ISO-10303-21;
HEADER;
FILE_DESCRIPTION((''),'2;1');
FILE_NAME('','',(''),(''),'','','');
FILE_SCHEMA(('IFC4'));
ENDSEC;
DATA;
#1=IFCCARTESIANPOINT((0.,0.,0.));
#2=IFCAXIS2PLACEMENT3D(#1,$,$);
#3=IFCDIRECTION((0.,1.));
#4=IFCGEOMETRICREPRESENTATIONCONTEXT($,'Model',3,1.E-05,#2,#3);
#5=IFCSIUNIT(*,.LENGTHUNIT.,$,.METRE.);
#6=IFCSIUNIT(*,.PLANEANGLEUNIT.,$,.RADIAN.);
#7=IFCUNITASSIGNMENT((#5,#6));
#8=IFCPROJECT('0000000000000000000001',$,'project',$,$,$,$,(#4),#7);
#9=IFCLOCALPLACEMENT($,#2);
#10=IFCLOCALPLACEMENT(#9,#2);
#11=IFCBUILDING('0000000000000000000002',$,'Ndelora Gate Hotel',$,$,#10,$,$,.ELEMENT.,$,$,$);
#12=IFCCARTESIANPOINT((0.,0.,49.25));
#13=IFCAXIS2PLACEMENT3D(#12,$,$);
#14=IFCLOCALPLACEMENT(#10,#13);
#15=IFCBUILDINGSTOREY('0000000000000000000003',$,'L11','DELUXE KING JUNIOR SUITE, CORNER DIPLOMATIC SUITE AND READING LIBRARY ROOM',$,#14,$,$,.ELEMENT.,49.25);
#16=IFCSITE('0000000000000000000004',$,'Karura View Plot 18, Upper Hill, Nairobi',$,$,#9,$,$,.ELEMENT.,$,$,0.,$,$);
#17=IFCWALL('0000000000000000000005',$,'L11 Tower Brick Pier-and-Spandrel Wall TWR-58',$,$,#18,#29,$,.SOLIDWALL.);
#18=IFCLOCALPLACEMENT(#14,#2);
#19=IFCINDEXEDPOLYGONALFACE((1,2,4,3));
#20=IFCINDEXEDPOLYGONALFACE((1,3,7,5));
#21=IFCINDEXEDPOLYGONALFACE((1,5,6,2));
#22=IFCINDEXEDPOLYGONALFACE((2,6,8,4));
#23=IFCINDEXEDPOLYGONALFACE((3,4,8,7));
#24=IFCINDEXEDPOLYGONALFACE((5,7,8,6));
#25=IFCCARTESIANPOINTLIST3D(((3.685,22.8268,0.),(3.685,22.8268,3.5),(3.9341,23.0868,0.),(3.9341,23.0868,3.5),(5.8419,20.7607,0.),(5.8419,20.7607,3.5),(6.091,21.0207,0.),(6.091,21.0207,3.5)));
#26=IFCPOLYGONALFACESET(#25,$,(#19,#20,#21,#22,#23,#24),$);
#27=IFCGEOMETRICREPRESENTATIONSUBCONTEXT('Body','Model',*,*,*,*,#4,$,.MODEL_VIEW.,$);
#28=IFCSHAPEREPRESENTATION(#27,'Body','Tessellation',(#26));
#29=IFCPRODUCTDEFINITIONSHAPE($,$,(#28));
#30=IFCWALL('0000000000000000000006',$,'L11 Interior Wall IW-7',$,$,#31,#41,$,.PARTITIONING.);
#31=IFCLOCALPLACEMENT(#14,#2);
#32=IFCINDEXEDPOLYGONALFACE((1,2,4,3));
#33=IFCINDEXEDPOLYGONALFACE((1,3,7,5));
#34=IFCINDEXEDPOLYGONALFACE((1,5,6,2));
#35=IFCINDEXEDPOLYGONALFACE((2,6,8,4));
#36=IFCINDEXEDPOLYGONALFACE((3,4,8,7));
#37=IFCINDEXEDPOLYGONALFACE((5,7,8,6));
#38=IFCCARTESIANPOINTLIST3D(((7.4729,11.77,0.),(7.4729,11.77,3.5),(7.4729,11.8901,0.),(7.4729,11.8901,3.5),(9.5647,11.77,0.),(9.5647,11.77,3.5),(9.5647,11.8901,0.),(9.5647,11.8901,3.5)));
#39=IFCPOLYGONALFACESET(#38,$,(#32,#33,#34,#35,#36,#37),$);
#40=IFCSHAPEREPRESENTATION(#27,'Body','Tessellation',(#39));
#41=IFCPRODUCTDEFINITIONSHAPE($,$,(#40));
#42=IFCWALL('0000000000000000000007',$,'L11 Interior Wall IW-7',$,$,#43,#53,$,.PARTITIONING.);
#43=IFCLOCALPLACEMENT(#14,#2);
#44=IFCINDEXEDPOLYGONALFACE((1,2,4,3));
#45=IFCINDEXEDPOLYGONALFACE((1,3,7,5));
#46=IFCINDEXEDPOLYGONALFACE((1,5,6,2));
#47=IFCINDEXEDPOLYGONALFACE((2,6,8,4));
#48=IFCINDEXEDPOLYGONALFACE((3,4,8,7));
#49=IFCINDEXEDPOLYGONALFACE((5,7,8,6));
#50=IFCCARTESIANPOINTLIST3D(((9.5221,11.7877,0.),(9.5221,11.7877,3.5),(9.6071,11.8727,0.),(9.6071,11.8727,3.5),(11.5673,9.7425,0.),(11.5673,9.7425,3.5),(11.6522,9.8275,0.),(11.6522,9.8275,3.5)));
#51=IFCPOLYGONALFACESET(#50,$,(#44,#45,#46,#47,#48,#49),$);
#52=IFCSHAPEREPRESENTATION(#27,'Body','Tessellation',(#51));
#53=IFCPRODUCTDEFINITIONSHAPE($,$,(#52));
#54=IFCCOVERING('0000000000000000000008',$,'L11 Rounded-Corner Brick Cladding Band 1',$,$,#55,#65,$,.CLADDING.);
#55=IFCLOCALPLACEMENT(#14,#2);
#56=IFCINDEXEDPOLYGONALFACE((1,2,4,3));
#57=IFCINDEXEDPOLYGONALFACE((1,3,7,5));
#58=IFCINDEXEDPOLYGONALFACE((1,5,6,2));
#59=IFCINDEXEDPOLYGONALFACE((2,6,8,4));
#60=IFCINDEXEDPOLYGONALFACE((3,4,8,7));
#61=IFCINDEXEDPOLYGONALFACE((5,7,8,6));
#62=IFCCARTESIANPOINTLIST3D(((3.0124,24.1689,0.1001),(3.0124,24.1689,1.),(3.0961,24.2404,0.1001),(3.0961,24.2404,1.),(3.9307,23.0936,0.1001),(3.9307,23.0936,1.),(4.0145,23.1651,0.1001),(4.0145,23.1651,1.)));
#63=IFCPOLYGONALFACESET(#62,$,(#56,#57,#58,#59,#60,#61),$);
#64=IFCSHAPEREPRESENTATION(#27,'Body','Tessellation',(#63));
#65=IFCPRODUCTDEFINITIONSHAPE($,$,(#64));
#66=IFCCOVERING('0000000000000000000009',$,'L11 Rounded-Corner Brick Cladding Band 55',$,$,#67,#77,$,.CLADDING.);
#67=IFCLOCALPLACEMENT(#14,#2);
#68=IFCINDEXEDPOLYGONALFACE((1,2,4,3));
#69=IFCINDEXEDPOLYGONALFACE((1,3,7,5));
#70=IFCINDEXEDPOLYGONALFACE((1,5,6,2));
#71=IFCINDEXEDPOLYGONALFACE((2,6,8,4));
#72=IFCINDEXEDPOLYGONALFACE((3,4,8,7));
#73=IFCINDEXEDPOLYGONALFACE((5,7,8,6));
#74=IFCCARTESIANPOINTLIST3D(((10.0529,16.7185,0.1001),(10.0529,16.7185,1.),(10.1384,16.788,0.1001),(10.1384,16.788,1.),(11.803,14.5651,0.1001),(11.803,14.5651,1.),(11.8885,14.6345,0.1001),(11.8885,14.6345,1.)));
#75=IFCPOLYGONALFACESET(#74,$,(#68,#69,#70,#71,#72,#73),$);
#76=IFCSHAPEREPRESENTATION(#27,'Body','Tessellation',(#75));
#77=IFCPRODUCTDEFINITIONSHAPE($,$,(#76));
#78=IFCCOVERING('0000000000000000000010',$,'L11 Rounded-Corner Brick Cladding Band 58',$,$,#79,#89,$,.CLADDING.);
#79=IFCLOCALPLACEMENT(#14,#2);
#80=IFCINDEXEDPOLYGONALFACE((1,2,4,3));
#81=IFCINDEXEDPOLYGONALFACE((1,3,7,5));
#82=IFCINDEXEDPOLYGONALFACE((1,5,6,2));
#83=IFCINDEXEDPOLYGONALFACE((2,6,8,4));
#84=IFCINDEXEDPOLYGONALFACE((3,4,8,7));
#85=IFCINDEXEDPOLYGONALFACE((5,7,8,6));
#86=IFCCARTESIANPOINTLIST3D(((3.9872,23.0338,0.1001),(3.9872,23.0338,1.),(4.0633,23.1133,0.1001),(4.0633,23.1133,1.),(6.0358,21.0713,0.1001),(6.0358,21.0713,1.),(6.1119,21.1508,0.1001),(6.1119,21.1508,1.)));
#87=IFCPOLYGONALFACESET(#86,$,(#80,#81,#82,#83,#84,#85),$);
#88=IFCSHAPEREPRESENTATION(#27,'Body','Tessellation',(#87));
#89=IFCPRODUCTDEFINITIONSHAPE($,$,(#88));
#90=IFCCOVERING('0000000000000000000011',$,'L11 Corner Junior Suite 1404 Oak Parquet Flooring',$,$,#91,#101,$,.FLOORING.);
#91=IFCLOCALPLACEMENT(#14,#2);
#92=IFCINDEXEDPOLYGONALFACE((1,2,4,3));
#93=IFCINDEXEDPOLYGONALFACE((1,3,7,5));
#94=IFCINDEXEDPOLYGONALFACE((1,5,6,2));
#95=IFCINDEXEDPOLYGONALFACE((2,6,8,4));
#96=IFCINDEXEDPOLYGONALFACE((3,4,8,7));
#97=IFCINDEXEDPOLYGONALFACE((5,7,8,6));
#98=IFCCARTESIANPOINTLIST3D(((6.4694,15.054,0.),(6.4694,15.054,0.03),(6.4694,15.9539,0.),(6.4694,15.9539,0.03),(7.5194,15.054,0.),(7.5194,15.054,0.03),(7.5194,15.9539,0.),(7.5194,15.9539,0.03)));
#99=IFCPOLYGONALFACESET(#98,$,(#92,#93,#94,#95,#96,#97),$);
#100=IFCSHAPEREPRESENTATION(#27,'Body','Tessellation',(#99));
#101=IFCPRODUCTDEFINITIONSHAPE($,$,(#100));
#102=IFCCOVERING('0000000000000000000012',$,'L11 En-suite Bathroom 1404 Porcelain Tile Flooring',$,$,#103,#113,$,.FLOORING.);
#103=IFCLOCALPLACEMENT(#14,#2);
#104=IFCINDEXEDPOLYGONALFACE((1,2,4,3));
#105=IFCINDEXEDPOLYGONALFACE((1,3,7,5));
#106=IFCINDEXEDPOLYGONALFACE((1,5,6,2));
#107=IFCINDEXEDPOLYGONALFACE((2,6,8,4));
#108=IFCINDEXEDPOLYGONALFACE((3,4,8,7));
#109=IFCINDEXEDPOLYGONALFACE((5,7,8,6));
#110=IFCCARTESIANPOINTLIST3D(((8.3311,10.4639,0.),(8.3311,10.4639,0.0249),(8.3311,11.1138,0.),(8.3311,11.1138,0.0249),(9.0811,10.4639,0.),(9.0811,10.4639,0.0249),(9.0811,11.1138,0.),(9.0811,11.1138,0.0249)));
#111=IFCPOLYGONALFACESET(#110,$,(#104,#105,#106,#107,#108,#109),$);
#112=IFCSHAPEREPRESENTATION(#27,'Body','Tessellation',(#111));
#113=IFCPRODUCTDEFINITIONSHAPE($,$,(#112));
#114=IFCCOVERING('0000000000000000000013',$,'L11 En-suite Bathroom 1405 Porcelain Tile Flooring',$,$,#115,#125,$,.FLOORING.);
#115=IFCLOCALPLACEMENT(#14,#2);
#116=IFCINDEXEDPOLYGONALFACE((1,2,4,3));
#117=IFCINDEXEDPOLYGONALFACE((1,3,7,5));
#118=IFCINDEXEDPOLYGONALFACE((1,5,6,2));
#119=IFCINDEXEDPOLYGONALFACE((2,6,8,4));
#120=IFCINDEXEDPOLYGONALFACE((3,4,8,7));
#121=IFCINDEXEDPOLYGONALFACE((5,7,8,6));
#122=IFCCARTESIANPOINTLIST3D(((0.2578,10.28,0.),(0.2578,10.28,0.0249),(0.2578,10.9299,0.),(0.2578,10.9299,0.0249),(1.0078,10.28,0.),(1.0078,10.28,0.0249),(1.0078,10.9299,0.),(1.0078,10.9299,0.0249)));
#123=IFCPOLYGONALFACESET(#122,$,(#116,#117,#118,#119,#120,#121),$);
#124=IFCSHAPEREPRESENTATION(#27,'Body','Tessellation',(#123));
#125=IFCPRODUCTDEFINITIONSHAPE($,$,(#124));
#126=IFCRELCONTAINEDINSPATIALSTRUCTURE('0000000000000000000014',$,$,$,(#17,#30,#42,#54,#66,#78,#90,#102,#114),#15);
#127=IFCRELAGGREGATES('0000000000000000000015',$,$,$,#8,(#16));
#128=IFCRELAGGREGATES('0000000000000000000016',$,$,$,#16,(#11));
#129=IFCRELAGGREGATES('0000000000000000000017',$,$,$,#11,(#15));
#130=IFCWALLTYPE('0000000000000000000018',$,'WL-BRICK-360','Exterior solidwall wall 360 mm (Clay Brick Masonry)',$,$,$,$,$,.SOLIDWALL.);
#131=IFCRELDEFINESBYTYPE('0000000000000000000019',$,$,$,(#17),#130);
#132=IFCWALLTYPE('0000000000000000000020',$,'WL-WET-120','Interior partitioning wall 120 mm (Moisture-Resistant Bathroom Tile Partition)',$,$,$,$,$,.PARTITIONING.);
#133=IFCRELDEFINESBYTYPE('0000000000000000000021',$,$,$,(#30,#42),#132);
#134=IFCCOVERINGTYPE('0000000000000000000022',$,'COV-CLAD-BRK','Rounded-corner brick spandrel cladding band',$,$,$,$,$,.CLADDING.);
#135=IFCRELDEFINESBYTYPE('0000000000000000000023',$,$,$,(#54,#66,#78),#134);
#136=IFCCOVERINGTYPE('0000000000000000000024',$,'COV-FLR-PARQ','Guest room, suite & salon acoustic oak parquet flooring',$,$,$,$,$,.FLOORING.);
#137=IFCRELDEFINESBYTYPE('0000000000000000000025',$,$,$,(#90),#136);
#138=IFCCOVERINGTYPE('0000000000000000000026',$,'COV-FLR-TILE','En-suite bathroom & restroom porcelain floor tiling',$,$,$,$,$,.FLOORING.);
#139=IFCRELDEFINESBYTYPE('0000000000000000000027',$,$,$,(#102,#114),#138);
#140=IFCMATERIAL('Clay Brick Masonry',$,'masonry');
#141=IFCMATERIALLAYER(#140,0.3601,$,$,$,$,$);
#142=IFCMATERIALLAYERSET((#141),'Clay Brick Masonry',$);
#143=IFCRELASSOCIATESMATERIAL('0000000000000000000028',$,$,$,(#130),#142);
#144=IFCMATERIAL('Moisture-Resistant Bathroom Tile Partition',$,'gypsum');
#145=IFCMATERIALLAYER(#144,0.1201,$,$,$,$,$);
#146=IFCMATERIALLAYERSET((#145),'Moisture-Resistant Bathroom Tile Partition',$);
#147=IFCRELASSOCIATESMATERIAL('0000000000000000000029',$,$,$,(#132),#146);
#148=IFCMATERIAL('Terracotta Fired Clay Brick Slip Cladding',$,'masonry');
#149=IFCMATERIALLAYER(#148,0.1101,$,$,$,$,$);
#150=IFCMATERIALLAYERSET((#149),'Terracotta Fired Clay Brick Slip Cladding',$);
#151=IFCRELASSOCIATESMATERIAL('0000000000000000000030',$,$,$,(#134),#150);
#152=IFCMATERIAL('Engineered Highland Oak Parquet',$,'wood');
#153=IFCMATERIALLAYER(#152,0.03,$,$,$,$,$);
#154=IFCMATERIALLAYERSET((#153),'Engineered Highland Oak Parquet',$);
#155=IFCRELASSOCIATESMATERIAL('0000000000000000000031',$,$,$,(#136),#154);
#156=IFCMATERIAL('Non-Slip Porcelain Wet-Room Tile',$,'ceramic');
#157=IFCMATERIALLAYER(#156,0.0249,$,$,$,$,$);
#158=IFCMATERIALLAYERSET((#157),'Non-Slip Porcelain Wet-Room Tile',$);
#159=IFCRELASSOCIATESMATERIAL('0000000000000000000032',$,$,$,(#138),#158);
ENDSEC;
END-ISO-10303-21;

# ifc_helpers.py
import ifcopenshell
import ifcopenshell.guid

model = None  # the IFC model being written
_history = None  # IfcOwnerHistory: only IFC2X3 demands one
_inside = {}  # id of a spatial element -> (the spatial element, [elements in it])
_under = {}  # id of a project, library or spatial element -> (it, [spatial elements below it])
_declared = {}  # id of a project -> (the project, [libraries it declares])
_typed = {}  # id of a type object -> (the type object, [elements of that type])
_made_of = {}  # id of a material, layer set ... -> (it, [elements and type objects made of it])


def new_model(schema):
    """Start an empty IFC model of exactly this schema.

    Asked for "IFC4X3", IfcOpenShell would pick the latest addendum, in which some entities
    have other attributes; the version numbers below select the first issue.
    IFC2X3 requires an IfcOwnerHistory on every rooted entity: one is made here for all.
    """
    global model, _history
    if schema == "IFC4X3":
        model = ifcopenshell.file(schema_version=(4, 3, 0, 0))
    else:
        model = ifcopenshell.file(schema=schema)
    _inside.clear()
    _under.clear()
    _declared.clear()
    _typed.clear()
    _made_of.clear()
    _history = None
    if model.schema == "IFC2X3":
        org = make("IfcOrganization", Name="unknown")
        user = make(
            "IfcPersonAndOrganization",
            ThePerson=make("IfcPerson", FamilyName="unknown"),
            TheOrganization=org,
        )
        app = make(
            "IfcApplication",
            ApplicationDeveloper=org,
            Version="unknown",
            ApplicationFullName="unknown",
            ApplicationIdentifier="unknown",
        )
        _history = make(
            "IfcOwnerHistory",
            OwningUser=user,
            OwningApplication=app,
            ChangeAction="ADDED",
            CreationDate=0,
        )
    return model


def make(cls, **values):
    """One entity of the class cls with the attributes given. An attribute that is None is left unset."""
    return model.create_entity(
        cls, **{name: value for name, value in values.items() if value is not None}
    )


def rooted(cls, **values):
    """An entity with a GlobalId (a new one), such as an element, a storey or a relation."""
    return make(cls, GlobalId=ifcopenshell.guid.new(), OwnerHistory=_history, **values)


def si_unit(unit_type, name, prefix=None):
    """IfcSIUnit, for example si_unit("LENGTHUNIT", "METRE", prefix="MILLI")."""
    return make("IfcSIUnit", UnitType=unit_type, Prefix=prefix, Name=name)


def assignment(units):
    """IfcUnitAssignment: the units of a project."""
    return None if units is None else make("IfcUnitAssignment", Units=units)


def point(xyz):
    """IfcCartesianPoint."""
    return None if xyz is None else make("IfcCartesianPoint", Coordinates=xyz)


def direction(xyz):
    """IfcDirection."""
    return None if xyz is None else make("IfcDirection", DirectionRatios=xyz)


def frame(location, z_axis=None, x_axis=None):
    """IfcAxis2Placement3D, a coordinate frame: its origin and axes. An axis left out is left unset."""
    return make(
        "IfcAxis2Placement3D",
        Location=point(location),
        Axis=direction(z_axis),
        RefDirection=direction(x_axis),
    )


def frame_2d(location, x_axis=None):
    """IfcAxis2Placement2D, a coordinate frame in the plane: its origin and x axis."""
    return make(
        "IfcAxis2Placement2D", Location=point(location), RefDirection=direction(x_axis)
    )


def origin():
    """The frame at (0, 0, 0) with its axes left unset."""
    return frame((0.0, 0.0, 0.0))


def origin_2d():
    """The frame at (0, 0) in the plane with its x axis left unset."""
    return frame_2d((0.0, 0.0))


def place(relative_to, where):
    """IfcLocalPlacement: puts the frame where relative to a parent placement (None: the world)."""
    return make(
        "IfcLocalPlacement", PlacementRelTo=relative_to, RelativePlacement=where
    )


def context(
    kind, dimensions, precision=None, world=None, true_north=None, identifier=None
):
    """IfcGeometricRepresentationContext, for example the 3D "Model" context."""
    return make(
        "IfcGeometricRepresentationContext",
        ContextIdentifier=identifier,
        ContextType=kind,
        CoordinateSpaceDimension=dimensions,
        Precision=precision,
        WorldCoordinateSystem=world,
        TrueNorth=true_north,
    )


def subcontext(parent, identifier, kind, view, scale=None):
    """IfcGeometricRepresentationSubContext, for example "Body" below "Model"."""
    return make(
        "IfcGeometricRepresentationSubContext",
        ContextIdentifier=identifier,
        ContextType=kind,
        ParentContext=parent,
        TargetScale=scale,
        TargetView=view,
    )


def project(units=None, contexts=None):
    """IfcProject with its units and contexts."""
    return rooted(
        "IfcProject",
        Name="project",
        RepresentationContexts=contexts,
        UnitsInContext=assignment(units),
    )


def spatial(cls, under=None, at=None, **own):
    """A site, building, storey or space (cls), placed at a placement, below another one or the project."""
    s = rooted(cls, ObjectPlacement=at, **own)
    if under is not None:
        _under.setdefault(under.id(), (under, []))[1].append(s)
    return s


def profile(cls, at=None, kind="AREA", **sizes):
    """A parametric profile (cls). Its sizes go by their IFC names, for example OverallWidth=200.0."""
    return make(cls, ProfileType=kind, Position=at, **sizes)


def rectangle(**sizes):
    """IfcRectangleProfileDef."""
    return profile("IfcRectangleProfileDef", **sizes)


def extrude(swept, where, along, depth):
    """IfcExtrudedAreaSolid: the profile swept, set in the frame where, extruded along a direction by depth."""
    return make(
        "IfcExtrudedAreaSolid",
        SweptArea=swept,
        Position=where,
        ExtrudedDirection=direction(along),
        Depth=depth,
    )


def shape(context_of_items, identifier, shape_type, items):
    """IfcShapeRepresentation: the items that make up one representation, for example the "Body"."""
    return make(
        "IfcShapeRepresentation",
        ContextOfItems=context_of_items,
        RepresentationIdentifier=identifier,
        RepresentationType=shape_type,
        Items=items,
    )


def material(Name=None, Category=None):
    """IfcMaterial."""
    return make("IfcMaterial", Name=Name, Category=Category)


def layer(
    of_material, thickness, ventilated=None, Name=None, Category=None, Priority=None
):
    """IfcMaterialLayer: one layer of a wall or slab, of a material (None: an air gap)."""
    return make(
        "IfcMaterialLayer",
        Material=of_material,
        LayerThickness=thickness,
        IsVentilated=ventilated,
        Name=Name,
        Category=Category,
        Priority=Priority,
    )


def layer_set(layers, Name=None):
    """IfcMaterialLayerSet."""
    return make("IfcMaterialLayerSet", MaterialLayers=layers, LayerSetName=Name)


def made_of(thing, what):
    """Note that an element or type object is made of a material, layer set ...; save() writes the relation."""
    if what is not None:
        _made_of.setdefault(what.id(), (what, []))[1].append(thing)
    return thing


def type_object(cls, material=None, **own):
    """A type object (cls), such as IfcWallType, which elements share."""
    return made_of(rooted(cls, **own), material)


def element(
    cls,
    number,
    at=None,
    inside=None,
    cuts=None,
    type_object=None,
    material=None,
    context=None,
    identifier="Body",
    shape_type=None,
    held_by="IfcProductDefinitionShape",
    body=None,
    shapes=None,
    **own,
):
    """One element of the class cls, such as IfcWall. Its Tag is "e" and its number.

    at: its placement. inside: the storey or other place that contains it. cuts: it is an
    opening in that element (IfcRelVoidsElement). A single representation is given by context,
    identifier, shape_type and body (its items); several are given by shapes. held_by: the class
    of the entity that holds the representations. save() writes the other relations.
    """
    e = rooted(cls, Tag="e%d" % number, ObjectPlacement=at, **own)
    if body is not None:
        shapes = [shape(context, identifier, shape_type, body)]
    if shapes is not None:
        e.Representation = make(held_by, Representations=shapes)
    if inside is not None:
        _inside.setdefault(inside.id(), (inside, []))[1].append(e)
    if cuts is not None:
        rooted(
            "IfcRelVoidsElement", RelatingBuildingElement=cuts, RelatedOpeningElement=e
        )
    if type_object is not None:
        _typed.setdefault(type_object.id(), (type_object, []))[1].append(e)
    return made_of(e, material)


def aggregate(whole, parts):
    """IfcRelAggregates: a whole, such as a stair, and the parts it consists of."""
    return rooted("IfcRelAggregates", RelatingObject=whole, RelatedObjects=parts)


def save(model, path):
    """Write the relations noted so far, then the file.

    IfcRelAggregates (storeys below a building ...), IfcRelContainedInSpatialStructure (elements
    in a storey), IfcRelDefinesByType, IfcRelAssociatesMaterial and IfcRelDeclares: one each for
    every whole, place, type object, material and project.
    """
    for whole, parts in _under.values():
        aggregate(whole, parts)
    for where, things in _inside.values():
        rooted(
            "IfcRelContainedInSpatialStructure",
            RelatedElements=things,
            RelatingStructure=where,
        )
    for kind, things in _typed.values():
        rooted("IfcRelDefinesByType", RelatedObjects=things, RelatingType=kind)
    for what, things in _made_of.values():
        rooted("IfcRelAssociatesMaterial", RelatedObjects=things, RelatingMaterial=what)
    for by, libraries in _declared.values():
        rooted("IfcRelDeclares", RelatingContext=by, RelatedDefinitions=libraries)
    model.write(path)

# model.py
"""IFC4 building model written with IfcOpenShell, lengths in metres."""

from ifc_helpers import new_model, si_unit, direction, frame, frame_2d, origin, origin_2d, place, context, subcontext, project, spatial, rectangle, extrude, material, layer, layer_set, type_object, element, save


model = new_model("IFC4")

# Units and contexts
model_context = context("Model", 3, precision=1e-05, world=origin(), true_north=direction((0.0, 1.0)))
body_context = subcontext(model_context, "Body", "Model", "MODEL_VIEW")
ifc_project = project(units=[si_unit("LENGTHUNIT", "METRE"), si_unit("PLANEANGLEUNIT", "RADIAN")], contexts=[model_context])

# Site, building, storey
site_placement = place(None, origin())
site = spatial("IfcSite", under=ifc_project, at=site_placement, Name="Karura View Plot 18, Upper Hill, Nairobi", CompositionType="ELEMENT", RefElevation=0.0)
building_placement = place(site_placement, origin())
building = spatial("IfcBuilding", under=site, at=building_placement, Name="Ndelora Gate Hotel", CompositionType="ELEMENT")
storey_placement = place(building_placement, frame((0.0, 0.0, 49.25)))
storey = spatial("IfcBuildingStorey", under=building, at=storey_placement, Name="L11", Description="DELUXE KING JUNIOR SUITE, CORNER DIPLOMATIC SUITE AND READING LIBRARY ROOM", CompositionType="ELEMENT", Elevation=49.25)

# Shared definitions
ifc_material_1 = material(Name="Clay Brick Masonry", Category="masonry")
ifc_layer_1 = layer(ifc_material_1, 0.3601)
ifc_layer_set_1 = layer_set([ifc_layer_1], Name="Clay Brick Masonry")
wall_type_1 = type_object("IfcWallType", Name="WL-BRICK-360", Description="Exterior solidwall wall 360 mm (Clay Brick Masonry)", PredefinedType="SOLIDWALL", material=ifc_layer_set_1)

# Walls
wall_1_placement = place(storey_placement, frame((3.8096, 22.9568, 0.0), z_axis=(0.0, 0.0, 1.0), x_axis=(0.722146, -0.69174, 0.0)))
element("IfcWall", 1, at=wall_1_placement, inside=storey, type_object=wall_type_1, Name="L11 Tower Brick Pier-and-Spandrel Wall TWR-58", PredefinedType="SOLIDWALL", context=body_context, shape_type="SweptSolid", body=[
    extrude(rectangle(XDim=2.9868, YDim=0.3601, at=frame_2d((1.4934, 0.0))), origin(), (0.0, 0.0, 1.0), 3.5),
])
ifc_material_2 = material(Name="Moisture-Resistant Bathroom Tile Partition", Category="gypsum")
ifc_layer_2 = layer(ifc_material_2, 0.1201)
ifc_layer_set_2 = layer_set([ifc_layer_2], Name="Moisture-Resistant Bathroom Tile Partition")
wall_type_2 = type_object("IfcWallType", Name="WL-WET-120", Description="Interior partitioning wall 120 mm (Moisture-Resistant Bathroom Tile Partition)", PredefinedType="PARTITIONING", material=ifc_layer_set_2)
wall_2_placement = place(storey_placement, frame((7.4729, 11.8301, 0.0), z_axis=(0.0, 0.0, 1.0), x_axis=(1.0, 0.0, 0.0)))
element("IfcWall", 2, at=wall_2_placement, inside=storey, type_object=wall_type_2, Name="L11 Interior Wall IW-7", PredefinedType="PARTITIONING", context=body_context, shape_type="SweptSolid", body=[
    extrude(rectangle(XDim=2.0918, YDim=0.1201, at=frame_2d((1.0459, 0.0))), origin(), (0.0, 0.0, 1.0), 3.5),
])
wall_3_placement = place(storey_placement, frame((11.6099, 9.7849, 0.0), z_axis=(0.0, 0.0, 1.0), x_axis=(-0.707107, 0.707107, 0.0)))
element("IfcWall", 3, at=wall_3_placement, inside=storey, type_object=wall_type_2, Name="L11 Interior Wall IW-7", PredefinedType="PARTITIONING", context=body_context, shape_type="SweptSolid", body=[
    extrude(rectangle(XDim=2.8923, YDim=0.1201, at=frame_2d((1.4463, 0.0))), origin(), (0.0, 0.0, 1.0), 3.5),
])

# Coverings
ifc_material_3 = material(Name="Terracotta Fired Clay Brick Slip Cladding", Category="masonry")
ifc_layer_3 = layer(ifc_material_3, 0.1101)
ifc_layer_set_3 = layer_set([ifc_layer_3], Name="Terracotta Fired Clay Brick Slip Cladding")
covering_type_1 = type_object("IfcCoveringType", Name="COV-CLAD-BRK", Description="Rounded-corner brick spandrel cladding band", PredefinedType="CLADDING", material=ifc_layer_set_3)
covering_1_placement = place(storey_placement, frame((3.5134, 23.667, 0.1001), z_axis=(0.0, 0.0, 1.0), x_axis=(-0.649448, 0.760406, 0.0)))
element("IfcCovering", 4, at=covering_1_placement, inside=storey, type_object=covering_type_1, Name="L11 Rounded-Corner Brick Cladding Band 1", PredefinedType="CLADDING", context=body_context, shape_type="SweptSolid", body=[
    extrude(rectangle(XDim=1.4141, YDim=0.1101, at=origin_2d()), origin(), (0.0, 0.0, 1.0), 0.8999),
])
covering_2_placement = place(storey_placement, frame((10.9707, 15.6765, 0.1001), z_axis=(0.0, 0.0, 1.0), x_axis=(-0.630676, 0.776046, 0.0)))
element("IfcCovering", 5, at=covering_2_placement, inside=storey, type_object=covering_type_1, Name="L11 Rounded-Corner Brick Cladding Band 55", PredefinedType="CLADDING", context=body_context, shape_type="SweptSolid", body=[
    extrude(rectangle(XDim=2.7749, YDim=0.1101, at=origin_2d()), origin(), (0.0, 0.0, 1.0), 0.8999),
])
covering_3_placement = place(storey_placement, frame((5.0496, 22.0923, 0.1001), z_axis=(0.0, 0.0, 1.0), x_axis=(-0.722123, 0.691765, 0.0)))
element("IfcCovering", 6, at=covering_3_placement, inside=storey, type_object=covering_type_1, Name="L11 Rounded-Corner Brick Cladding Band 58", PredefinedType="CLADDING", context=body_context, shape_type="SweptSolid", body=[
    extrude(rectangle(XDim=2.8369, YDim=0.1101, at=origin_2d()), origin(), (0.0, 0.0, 1.0), 0.8999),
])
ifc_material_4 = material(Name="Engineered Highland Oak Parquet", Category="wood")
ifc_layer_4 = layer(ifc_material_4, 0.03)
ifc_layer_set_4 = layer_set([ifc_layer_4], Name="Engineered Highland Oak Parquet")
covering_type_2 = type_object("IfcCoveringType", Name="COV-FLR-PARQ", Description="Guest room, suite & salon acoustic oak parquet flooring", PredefinedType="FLOORING", material=ifc_layer_set_4)
covering_4_placement = place(storey_placement, frame((6.9944, 15.5039, 0.0), z_axis=(0.0, 0.0, 1.0), x_axis=(1.0, 0.0, 0.0)))
element("IfcCovering", 7, at=covering_4_placement, inside=storey, type_object=covering_type_2, Name="L11 Corner Junior Suite 1404 Oak Parquet Flooring", PredefinedType="FLOORING", context=body_context, shape_type="SweptSolid", body=[
    extrude(rectangle(XDim=1.05, YDim=0.8999, at=origin_2d()), origin(), (0.0, 0.0, 1.0), 0.03),
])
ifc_material_5 = material(Name="Non-Slip Porcelain Wet-Room Tile", Category="ceramic")
ifc_layer_5 = layer(ifc_material_5, 0.0249)
ifc_layer_set_5 = layer_set([ifc_layer_5], Name="Non-Slip Porcelain Wet-Room Tile")
covering_type_3 = type_object("IfcCoveringType", Name="COV-FLR-TILE", Description="En-suite bathroom & restroom porcelain floor tiling", PredefinedType="FLOORING", material=ifc_layer_set_5)
for number, where, z_axis, x_axis, name in (
    (8, (8.7061, 10.7888, 0.0), (0.0, 0.0, 1.0), (1.0, 0.0, 0.0), "L11 En-suite Bathroom 1404 Porcelain Tile Flooring"),
    (9, (0.6328, 10.605, 0.0), (0.0, 0.0, 1.0), (1.0, 0.0, 0.0), "L11 En-suite Bathroom 1405 Porcelain Tile Flooring"),
):
    element("IfcCovering", number, at=place(storey_placement, frame(where, z_axis=z_axis, x_axis=x_axis)), inside=storey, type_object=covering_type_3, Name=name, PredefinedType="FLOORING", context=body_context, shape_type="SweptSolid", body=[
        extrude(rectangle(XDim=0.75, YDim=0.6499, at=origin_2d()), origin(), (0.0, 0.0, 1.0), 0.0249),
    ])

save(model, "model.ifc")
